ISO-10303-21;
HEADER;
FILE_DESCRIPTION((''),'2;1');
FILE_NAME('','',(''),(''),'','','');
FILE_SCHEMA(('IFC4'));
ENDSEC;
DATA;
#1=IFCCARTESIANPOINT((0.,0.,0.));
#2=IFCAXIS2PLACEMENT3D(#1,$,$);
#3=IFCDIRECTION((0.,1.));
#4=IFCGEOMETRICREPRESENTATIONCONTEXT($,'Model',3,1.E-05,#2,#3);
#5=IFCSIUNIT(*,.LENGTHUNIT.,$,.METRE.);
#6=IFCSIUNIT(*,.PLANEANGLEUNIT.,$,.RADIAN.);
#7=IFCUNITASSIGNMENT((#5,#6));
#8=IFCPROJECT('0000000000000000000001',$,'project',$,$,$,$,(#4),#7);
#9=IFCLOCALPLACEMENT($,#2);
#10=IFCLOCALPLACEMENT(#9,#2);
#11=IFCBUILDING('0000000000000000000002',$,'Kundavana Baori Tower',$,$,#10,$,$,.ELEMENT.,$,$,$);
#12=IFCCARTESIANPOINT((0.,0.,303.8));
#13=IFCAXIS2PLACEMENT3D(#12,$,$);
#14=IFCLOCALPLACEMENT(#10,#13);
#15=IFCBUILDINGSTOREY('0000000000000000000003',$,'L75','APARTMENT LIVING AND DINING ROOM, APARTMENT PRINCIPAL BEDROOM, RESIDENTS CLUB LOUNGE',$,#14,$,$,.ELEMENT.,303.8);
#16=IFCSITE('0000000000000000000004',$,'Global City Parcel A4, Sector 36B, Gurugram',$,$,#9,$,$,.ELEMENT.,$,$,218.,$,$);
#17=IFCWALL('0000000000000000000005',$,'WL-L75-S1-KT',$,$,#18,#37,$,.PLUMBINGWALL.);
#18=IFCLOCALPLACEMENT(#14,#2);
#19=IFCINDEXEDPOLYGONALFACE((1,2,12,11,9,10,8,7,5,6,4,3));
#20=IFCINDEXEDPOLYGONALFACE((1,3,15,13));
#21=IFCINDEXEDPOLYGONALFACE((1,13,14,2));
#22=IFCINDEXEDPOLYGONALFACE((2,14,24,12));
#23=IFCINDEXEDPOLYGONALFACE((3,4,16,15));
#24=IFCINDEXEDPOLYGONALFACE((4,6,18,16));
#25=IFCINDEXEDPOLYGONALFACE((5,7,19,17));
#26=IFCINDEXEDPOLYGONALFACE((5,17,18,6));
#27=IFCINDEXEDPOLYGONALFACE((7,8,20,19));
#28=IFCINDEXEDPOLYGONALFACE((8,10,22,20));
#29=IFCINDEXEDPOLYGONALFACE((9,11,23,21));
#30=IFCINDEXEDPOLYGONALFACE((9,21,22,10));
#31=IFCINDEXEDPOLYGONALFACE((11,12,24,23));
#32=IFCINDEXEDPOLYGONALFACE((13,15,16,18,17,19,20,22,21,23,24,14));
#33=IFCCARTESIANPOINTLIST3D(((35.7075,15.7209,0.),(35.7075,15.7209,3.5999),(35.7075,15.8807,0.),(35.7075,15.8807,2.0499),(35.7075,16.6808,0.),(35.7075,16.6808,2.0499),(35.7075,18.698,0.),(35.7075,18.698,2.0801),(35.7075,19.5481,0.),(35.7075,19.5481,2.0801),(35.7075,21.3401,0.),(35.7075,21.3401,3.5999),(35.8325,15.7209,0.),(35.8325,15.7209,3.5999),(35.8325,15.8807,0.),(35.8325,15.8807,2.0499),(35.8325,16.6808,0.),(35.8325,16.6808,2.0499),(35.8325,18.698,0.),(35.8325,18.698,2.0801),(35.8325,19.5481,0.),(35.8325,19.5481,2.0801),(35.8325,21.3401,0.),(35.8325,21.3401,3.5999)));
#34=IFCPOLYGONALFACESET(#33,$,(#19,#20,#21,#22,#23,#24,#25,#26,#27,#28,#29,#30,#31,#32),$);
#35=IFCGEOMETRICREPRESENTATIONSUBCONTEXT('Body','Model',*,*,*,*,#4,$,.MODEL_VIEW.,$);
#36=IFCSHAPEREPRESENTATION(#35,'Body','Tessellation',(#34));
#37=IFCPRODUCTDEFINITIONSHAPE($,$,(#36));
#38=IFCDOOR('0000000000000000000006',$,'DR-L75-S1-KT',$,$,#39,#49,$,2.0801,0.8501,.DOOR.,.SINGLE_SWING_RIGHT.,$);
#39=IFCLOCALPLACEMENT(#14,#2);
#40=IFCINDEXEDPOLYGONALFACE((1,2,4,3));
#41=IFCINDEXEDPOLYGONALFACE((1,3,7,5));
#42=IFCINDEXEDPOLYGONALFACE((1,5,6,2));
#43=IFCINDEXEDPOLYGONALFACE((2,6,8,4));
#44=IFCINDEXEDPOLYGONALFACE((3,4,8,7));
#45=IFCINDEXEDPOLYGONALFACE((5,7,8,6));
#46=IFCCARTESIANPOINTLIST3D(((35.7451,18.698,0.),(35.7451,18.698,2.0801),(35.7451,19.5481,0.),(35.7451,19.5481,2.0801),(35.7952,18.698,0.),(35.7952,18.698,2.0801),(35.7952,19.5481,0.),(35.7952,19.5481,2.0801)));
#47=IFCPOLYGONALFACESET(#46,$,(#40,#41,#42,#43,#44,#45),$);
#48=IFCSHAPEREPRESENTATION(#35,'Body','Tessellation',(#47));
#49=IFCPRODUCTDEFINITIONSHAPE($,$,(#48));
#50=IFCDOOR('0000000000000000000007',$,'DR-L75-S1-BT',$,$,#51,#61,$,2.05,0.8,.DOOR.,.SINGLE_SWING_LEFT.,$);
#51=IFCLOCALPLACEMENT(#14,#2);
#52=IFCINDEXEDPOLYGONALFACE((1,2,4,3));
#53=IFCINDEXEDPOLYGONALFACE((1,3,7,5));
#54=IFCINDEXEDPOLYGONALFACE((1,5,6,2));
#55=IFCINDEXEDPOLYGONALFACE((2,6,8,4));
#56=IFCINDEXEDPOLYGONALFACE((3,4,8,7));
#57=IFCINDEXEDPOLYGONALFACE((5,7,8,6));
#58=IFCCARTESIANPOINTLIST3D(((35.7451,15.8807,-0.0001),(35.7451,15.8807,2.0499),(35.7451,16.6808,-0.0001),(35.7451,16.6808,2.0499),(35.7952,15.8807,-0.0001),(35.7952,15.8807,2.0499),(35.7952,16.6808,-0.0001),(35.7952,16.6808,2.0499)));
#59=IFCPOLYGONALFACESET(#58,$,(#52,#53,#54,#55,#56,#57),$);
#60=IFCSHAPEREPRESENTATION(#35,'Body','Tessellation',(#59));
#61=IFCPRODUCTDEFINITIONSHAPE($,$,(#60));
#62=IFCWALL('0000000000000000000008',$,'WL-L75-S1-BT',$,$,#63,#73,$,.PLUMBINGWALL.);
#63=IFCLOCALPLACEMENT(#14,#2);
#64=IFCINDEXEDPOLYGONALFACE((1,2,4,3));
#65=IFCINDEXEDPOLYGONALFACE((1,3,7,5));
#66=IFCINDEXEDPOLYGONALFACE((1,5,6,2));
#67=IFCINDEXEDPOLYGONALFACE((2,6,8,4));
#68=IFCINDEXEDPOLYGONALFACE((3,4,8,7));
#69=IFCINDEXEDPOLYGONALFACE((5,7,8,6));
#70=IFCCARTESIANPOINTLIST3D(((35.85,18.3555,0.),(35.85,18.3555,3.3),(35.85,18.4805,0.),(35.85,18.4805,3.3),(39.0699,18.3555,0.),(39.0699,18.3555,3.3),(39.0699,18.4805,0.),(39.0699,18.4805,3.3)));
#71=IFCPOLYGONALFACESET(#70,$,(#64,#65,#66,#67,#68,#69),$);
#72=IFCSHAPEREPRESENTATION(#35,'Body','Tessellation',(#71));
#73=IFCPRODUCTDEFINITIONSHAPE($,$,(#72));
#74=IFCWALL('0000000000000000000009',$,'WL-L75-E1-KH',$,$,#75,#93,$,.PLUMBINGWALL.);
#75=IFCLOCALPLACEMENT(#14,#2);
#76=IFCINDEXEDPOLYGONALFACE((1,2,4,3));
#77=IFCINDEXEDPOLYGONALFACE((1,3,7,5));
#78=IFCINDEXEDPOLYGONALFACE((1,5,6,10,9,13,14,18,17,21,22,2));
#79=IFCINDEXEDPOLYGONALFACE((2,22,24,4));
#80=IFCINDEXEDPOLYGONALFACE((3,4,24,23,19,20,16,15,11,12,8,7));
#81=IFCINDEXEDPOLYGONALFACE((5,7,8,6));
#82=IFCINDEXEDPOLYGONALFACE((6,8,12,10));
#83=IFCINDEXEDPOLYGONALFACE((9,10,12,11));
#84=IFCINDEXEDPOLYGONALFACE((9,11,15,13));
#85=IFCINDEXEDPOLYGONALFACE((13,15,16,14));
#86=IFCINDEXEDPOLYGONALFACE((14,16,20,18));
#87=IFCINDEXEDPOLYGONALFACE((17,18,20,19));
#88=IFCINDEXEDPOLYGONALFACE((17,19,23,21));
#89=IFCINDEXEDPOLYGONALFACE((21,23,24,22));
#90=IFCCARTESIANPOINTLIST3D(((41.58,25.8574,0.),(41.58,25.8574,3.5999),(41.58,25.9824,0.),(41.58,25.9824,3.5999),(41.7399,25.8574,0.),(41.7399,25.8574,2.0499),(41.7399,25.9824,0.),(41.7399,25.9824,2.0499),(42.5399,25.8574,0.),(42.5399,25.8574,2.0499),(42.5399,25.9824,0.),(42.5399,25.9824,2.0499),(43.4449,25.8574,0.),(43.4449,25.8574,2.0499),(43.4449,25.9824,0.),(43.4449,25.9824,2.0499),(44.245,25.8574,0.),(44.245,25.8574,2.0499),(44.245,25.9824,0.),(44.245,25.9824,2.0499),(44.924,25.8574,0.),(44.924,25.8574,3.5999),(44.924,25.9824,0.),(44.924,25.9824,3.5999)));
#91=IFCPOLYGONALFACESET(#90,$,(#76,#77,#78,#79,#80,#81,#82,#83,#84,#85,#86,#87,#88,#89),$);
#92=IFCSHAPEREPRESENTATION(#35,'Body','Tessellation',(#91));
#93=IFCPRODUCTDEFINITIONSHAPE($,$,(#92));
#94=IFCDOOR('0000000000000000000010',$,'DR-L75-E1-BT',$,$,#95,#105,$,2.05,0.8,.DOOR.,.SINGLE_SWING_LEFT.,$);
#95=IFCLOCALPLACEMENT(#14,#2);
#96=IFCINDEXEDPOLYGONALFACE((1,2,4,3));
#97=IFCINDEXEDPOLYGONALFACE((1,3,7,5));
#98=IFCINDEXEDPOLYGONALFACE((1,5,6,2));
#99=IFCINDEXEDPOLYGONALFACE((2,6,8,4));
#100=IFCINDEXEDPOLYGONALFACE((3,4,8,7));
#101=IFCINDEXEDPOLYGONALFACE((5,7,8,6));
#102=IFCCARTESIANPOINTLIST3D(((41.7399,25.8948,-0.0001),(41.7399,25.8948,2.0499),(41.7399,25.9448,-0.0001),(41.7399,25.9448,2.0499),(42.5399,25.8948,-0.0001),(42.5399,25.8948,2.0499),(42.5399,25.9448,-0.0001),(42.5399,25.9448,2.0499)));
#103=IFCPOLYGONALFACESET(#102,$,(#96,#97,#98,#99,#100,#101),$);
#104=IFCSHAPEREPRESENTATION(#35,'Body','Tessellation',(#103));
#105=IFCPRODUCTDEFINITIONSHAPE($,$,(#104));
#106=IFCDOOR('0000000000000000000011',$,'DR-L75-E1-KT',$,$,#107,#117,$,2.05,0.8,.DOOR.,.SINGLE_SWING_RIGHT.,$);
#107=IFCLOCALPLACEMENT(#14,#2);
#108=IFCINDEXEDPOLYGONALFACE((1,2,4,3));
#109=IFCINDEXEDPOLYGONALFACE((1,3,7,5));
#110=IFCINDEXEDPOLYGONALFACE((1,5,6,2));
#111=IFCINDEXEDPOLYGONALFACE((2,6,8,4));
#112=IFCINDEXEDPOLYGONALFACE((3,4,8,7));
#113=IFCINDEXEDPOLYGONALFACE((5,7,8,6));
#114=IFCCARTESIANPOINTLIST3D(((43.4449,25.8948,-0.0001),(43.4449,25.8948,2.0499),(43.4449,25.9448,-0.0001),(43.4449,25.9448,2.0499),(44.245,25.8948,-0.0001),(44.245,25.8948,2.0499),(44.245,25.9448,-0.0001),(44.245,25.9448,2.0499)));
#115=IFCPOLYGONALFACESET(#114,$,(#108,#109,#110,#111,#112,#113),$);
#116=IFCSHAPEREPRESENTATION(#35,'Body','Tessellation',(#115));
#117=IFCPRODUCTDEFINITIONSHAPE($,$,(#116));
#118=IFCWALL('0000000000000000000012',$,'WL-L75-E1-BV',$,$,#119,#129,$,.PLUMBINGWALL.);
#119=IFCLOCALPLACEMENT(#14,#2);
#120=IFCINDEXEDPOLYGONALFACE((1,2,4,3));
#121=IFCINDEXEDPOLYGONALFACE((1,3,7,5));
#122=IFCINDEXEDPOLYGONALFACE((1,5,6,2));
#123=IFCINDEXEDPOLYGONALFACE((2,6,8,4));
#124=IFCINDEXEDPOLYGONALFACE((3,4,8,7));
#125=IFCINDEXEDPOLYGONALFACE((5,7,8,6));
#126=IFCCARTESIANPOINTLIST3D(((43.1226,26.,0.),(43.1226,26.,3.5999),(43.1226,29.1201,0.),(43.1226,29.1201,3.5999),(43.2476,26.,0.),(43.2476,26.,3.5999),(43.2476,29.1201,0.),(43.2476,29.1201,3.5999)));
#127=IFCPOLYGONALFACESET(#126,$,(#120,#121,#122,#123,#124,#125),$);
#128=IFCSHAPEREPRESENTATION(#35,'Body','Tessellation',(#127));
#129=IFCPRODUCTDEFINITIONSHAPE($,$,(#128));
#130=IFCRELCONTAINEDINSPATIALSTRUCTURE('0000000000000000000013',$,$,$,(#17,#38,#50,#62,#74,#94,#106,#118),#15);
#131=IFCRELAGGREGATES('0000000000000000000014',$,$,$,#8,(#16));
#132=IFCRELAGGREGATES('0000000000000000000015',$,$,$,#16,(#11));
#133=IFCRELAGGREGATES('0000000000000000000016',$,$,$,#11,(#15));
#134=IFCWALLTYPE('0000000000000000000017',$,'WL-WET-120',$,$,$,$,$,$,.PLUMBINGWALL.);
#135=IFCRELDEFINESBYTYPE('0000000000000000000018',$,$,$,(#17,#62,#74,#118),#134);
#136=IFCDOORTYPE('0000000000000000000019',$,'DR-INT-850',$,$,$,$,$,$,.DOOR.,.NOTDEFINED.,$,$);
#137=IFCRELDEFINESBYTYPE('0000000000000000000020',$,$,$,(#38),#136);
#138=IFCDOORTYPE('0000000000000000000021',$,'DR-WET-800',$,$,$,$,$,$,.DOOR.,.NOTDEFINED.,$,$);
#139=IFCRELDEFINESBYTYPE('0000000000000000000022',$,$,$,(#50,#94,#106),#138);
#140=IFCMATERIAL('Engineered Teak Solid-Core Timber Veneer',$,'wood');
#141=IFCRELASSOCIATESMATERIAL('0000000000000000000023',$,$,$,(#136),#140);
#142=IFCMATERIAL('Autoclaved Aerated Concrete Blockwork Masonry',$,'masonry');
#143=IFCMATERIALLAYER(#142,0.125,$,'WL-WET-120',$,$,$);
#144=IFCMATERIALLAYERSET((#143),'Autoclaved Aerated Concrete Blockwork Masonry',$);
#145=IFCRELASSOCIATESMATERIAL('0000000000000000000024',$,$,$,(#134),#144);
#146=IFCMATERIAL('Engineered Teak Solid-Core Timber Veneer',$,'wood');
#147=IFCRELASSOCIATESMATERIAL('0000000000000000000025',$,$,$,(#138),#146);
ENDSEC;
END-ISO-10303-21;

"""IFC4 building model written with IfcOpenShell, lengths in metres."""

from ifc_helpers import new_model, si_unit, direction, frame, frame_2d, origin, place, context, subcontext, project, spatial, rectangle, extrude, material, layer, layer_set, type_object, element, fill, save


model = new_model("IFC4")

# Units and contexts
model_context = context("Model", 3, precision=1e-05, world=origin(), true_north=direction((0.0, 1.0)))
body_context = subcontext(model_context, "Body", "Model", "MODEL_VIEW")
ifc_project = project(units=[si_unit("LENGTHUNIT", "METRE"), si_unit("PLANEANGLEUNIT", "RADIAN")], contexts=[model_context])

# Site, building, storey
site_placement = place(None, origin())
site = spatial("IfcSite", under=ifc_project, at=site_placement, Name="Global City Parcel A4, Sector 36B, Gurugram", CompositionType="ELEMENT", RefElevation=218.0)
building_placement = place(site_placement, origin())
building = spatial("IfcBuilding", under=site, at=building_placement, Name="Kundavana Baori Tower", CompositionType="ELEMENT")
storey_placement = place(building_placement, frame((0.0, 0.0, 303.8)))
storey = spatial("IfcBuildingStorey", under=building, at=storey_placement, Name="L75", Description="APARTMENT LIVING AND DINING ROOM, APARTMENT PRINCIPAL BEDROOM, RESIDENTS CLUB LOUNGE", CompositionType="ELEMENT", Elevation=303.8)

# Shared definitions
ifc_material_1 = material(Name="Engineered Teak Solid-Core Timber Veneer", Category="wood")
door_type_1 = type_object("IfcDoorType", Name="DR-INT-850", OperationType="NOTDEFINED", PredefinedType="DOOR", material=ifc_material_1)

# Wall, openings, doors
ifc_material_2 = material(Name="Autoclaved Aerated Concrete Blockwork Masonry", Category="masonry")
ifc_layer_1 = layer(ifc_material_2, 0.125, Name="WL-WET-120")
ifc_layer_set_1 = layer_set([ifc_layer_1], Name="Autoclaved Aerated Concrete Blockwork Masonry")
wall_type_1 = type_object("IfcWallType", Name="WL-WET-120", PredefinedType="PLUMBINGWALL", material=ifc_layer_set_1)
wall_1_placement = place(storey_placement, frame((35.77, 15.7209, 0.0), z_axis=(0.0, 0.0, 1.0), x_axis=(0.0, 1.0, 0.0)))
wall_1 = element("IfcWall", 1, at=wall_1_placement, inside=storey, type_object=wall_type_1, Name="WL-L75-S1-KT", PredefinedType="PLUMBINGWALL", context=body_context, shape_type="SweptSolid", body=[
    extrude(rectangle(XDim=5.6191, YDim=0.125, at=frame_2d((2.8096, 0.0))), origin(), (0.0, 0.0, 1.0), 3.5999),
])
opening_1_placement = place(wall_1_placement, frame((0.1599, 0.0, 0.0)))
opening_1 = element("IfcOpeningElement", 2, at=opening_1_placement, cuts=wall_1, PredefinedType="OPENING", context=body_context, shape_type="SweptSolid", body=[
    extrude(rectangle(XDim=0.8, YDim=2.05, at=frame_2d((0.3999, 1.0249))), frame((0.0, 0.0725, 0.0), z_axis=(0.0, -1.0, 0.0), x_axis=(1.0, 0.0, 0.0)), (0.0, 0.0, 1.0), 0.145),
])
opening_2_placement = place(wall_1_placement, frame((2.9771, 0.0, 0.0)))
opening_2 = element("IfcOpeningElement", 3, at=opening_2_placement, cuts=wall_1, PredefinedType="OPENING", context=body_context, shape_type="SweptSolid", body=[
    extrude(rectangle(XDim=0.8501, YDim=2.0801, at=frame_2d((0.425, 1.04))), frame((0.0, 0.0725, 0.0), z_axis=(0.0, -1.0, 0.0), x_axis=(1.0, 0.0, 0.0)), (0.0, 0.0, 1.0), 0.145),
])
door_1_placement = place(opening_2_placement, origin())
door_1 = element("IfcDoor", 4, at=door_1_placement, inside=storey, type_object=door_type_1, Name="DR-L75-S1-KT", OperationType="SINGLE_SWING_RIGHT", OverallHeight=2.0801, OverallWidth=0.8501, PredefinedType="DOOR", context=body_context, shape_type="SweptSolid", body=[
    extrude(rectangle(XDim=0.8501, YDim=2.0801, at=frame_2d((0.425, 1.04))), frame((0.0, 0.0249, 0.0), z_axis=(0.0, -1.0, 0.0), x_axis=(1.0, 0.0, 0.0)), (0.0, 0.0, 1.0), 0.05),
])
fill(opening_2, door_1)
ifc_material_3 = material(Name="Engineered Teak Solid-Core Timber Veneer", Category="wood")
door_type_2 = type_object("IfcDoorType", Name="DR-WET-800", OperationType="NOTDEFINED", PredefinedType="DOOR", material=ifc_material_3)
door_2_placement = place(opening_1_placement, origin())
door_2 = element("IfcDoor", 5, at=door_2_placement, inside=storey, type_object=door_type_2, Name="DR-L75-S1-BT", OperationType="SINGLE_SWING_LEFT", OverallHeight=2.05, OverallWidth=0.8, PredefinedType="DOOR", context=body_context, shape_type="SweptSolid", body=[
    extrude(rectangle(XDim=0.8, YDim=2.05, at=frame_2d((0.3999, 1.0249))), frame((0.0, 0.0249, 0.0), z_axis=(0.0, -1.0, 0.0), x_axis=(1.0, 0.0, 0.0)), (0.0, 0.0, 1.0), 0.05),
])
fill(opening_1, door_2)

# Wall
wall_2_placement = place(storey_placement, frame((35.8501, 18.418, 0.0), z_axis=(0.0, 0.0, 1.0), x_axis=(1.0, 0.0, 0.0)))
element("IfcWall", 6, at=wall_2_placement, inside=storey, type_object=wall_type_1, Name="WL-L75-S1-BT", PredefinedType="PLUMBINGWALL", context=body_context, shape_type="SweptSolid", body=[
    extrude(rectangle(XDim=3.22, YDim=0.125, at=frame_2d((1.6099, 0.0))), origin(), (0.0, 0.0, 1.0), 3.3),
])

# Wall, openings, doors
wall_3_placement = place(storey_placement, frame((41.5801, 25.9199, 0.0), z_axis=(0.0, 0.0, 1.0), x_axis=(1.0, 0.0, 0.0)))
wall_3 = element("IfcWall", 7, at=wall_3_placement, inside=storey, type_object=wall_type_1, Name="WL-L75-E1-KH", PredefinedType="PLUMBINGWALL", context=body_context, shape_type="SweptSolid", body=[
    extrude(rectangle(XDim=3.344, YDim=0.125, at=frame_2d((1.6719, 0.0))), origin(), (0.0, 0.0, 1.0), 3.5999),
])
opening_3_placement = place(wall_3_placement, frame((0.1599, 0.0, 0.0)))
opening_3 = element("IfcOpeningElement", 8, at=opening_3_placement, cuts=wall_3, PredefinedType="OPENING", context=body_context, shape_type="SweptSolid", body=[
    extrude(rectangle(XDim=0.8, YDim=2.05, at=frame_2d((0.3999, 1.0249))), frame((0.0, 0.0725, 0.0), z_axis=(0.0, -1.0, 0.0), x_axis=(1.0, 0.0, 0.0)), (0.0, 0.0, 1.0), 0.145),
])
opening_4_placement = place(wall_3_placement, frame((1.865, 0.0, 0.0)))
opening_4 = element("IfcOpeningElement", 9, at=opening_4_placement, cuts=wall_3, PredefinedType="OPENING", context=body_context, shape_type="SweptSolid", body=[
    extrude(rectangle(XDim=0.8, YDim=2.05, at=frame_2d((0.3999, 1.0249))), frame((0.0, 0.0725, 0.0), z_axis=(0.0, -1.0, 0.0), x_axis=(1.0, 0.0, 0.0)), (0.0, 0.0, 1.0), 0.145),
])
door_3_placement = place(opening_3_placement, origin())
door_3 = element("IfcDoor", 10, at=door_3_placement, inside=storey, type_object=door_type_2, Name="DR-L75-E1-BT", OperationType="SINGLE_SWING_LEFT", OverallHeight=2.05, OverallWidth=0.8, PredefinedType="DOOR", context=body_context, shape_type="SweptSolid", body=[
    extrude(rectangle(XDim=0.8, YDim=2.05, at=frame_2d((0.3999, 1.0249))), frame((0.0, 0.0249, 0.0), z_axis=(0.0, -1.0, 0.0), x_axis=(1.0, 0.0, 0.0)), (0.0, 0.0, 1.0), 0.05),
])
fill(opening_3, door_3)
door_4_placement = place(opening_4_placement, origin())
door_4 = element("IfcDoor", 11, at=door_4_placement, inside=storey, type_object=door_type_2, Name="DR-L75-E1-KT", OperationType="SINGLE_SWING_RIGHT", OverallHeight=2.05, OverallWidth=0.8, PredefinedType="DOOR", context=body_context, shape_type="SweptSolid", body=[
    extrude(rectangle(XDim=0.8, YDim=2.05, at=frame_2d((0.3999, 1.0249))), frame((0.0, 0.0249, 0.0), z_axis=(0.0, -1.0, 0.0), x_axis=(1.0, 0.0, 0.0)), (0.0, 0.0, 1.0), 0.05),
])
fill(opening_4, door_4)

# Wall
wall_4_placement = place(storey_placement, frame((43.1851, 26.0, 0.0), z_axis=(0.0, 0.0, 1.0), x_axis=(0.0, 1.0, 0.0)))
element("IfcWall", 12, at=wall_4_placement, inside=storey, type_object=wall_type_1, Name="WL-L75-E1-BV", PredefinedType="PLUMBINGWALL", context=body_context, shape_type="SweptSolid", body=[
    extrude(rectangle(XDim=3.1201, YDim=0.125, at=frame_2d((1.5601, 0.0))), origin(), (0.0, 0.0, 1.0), 3.5999),
])

save(model, "model.ifc")
